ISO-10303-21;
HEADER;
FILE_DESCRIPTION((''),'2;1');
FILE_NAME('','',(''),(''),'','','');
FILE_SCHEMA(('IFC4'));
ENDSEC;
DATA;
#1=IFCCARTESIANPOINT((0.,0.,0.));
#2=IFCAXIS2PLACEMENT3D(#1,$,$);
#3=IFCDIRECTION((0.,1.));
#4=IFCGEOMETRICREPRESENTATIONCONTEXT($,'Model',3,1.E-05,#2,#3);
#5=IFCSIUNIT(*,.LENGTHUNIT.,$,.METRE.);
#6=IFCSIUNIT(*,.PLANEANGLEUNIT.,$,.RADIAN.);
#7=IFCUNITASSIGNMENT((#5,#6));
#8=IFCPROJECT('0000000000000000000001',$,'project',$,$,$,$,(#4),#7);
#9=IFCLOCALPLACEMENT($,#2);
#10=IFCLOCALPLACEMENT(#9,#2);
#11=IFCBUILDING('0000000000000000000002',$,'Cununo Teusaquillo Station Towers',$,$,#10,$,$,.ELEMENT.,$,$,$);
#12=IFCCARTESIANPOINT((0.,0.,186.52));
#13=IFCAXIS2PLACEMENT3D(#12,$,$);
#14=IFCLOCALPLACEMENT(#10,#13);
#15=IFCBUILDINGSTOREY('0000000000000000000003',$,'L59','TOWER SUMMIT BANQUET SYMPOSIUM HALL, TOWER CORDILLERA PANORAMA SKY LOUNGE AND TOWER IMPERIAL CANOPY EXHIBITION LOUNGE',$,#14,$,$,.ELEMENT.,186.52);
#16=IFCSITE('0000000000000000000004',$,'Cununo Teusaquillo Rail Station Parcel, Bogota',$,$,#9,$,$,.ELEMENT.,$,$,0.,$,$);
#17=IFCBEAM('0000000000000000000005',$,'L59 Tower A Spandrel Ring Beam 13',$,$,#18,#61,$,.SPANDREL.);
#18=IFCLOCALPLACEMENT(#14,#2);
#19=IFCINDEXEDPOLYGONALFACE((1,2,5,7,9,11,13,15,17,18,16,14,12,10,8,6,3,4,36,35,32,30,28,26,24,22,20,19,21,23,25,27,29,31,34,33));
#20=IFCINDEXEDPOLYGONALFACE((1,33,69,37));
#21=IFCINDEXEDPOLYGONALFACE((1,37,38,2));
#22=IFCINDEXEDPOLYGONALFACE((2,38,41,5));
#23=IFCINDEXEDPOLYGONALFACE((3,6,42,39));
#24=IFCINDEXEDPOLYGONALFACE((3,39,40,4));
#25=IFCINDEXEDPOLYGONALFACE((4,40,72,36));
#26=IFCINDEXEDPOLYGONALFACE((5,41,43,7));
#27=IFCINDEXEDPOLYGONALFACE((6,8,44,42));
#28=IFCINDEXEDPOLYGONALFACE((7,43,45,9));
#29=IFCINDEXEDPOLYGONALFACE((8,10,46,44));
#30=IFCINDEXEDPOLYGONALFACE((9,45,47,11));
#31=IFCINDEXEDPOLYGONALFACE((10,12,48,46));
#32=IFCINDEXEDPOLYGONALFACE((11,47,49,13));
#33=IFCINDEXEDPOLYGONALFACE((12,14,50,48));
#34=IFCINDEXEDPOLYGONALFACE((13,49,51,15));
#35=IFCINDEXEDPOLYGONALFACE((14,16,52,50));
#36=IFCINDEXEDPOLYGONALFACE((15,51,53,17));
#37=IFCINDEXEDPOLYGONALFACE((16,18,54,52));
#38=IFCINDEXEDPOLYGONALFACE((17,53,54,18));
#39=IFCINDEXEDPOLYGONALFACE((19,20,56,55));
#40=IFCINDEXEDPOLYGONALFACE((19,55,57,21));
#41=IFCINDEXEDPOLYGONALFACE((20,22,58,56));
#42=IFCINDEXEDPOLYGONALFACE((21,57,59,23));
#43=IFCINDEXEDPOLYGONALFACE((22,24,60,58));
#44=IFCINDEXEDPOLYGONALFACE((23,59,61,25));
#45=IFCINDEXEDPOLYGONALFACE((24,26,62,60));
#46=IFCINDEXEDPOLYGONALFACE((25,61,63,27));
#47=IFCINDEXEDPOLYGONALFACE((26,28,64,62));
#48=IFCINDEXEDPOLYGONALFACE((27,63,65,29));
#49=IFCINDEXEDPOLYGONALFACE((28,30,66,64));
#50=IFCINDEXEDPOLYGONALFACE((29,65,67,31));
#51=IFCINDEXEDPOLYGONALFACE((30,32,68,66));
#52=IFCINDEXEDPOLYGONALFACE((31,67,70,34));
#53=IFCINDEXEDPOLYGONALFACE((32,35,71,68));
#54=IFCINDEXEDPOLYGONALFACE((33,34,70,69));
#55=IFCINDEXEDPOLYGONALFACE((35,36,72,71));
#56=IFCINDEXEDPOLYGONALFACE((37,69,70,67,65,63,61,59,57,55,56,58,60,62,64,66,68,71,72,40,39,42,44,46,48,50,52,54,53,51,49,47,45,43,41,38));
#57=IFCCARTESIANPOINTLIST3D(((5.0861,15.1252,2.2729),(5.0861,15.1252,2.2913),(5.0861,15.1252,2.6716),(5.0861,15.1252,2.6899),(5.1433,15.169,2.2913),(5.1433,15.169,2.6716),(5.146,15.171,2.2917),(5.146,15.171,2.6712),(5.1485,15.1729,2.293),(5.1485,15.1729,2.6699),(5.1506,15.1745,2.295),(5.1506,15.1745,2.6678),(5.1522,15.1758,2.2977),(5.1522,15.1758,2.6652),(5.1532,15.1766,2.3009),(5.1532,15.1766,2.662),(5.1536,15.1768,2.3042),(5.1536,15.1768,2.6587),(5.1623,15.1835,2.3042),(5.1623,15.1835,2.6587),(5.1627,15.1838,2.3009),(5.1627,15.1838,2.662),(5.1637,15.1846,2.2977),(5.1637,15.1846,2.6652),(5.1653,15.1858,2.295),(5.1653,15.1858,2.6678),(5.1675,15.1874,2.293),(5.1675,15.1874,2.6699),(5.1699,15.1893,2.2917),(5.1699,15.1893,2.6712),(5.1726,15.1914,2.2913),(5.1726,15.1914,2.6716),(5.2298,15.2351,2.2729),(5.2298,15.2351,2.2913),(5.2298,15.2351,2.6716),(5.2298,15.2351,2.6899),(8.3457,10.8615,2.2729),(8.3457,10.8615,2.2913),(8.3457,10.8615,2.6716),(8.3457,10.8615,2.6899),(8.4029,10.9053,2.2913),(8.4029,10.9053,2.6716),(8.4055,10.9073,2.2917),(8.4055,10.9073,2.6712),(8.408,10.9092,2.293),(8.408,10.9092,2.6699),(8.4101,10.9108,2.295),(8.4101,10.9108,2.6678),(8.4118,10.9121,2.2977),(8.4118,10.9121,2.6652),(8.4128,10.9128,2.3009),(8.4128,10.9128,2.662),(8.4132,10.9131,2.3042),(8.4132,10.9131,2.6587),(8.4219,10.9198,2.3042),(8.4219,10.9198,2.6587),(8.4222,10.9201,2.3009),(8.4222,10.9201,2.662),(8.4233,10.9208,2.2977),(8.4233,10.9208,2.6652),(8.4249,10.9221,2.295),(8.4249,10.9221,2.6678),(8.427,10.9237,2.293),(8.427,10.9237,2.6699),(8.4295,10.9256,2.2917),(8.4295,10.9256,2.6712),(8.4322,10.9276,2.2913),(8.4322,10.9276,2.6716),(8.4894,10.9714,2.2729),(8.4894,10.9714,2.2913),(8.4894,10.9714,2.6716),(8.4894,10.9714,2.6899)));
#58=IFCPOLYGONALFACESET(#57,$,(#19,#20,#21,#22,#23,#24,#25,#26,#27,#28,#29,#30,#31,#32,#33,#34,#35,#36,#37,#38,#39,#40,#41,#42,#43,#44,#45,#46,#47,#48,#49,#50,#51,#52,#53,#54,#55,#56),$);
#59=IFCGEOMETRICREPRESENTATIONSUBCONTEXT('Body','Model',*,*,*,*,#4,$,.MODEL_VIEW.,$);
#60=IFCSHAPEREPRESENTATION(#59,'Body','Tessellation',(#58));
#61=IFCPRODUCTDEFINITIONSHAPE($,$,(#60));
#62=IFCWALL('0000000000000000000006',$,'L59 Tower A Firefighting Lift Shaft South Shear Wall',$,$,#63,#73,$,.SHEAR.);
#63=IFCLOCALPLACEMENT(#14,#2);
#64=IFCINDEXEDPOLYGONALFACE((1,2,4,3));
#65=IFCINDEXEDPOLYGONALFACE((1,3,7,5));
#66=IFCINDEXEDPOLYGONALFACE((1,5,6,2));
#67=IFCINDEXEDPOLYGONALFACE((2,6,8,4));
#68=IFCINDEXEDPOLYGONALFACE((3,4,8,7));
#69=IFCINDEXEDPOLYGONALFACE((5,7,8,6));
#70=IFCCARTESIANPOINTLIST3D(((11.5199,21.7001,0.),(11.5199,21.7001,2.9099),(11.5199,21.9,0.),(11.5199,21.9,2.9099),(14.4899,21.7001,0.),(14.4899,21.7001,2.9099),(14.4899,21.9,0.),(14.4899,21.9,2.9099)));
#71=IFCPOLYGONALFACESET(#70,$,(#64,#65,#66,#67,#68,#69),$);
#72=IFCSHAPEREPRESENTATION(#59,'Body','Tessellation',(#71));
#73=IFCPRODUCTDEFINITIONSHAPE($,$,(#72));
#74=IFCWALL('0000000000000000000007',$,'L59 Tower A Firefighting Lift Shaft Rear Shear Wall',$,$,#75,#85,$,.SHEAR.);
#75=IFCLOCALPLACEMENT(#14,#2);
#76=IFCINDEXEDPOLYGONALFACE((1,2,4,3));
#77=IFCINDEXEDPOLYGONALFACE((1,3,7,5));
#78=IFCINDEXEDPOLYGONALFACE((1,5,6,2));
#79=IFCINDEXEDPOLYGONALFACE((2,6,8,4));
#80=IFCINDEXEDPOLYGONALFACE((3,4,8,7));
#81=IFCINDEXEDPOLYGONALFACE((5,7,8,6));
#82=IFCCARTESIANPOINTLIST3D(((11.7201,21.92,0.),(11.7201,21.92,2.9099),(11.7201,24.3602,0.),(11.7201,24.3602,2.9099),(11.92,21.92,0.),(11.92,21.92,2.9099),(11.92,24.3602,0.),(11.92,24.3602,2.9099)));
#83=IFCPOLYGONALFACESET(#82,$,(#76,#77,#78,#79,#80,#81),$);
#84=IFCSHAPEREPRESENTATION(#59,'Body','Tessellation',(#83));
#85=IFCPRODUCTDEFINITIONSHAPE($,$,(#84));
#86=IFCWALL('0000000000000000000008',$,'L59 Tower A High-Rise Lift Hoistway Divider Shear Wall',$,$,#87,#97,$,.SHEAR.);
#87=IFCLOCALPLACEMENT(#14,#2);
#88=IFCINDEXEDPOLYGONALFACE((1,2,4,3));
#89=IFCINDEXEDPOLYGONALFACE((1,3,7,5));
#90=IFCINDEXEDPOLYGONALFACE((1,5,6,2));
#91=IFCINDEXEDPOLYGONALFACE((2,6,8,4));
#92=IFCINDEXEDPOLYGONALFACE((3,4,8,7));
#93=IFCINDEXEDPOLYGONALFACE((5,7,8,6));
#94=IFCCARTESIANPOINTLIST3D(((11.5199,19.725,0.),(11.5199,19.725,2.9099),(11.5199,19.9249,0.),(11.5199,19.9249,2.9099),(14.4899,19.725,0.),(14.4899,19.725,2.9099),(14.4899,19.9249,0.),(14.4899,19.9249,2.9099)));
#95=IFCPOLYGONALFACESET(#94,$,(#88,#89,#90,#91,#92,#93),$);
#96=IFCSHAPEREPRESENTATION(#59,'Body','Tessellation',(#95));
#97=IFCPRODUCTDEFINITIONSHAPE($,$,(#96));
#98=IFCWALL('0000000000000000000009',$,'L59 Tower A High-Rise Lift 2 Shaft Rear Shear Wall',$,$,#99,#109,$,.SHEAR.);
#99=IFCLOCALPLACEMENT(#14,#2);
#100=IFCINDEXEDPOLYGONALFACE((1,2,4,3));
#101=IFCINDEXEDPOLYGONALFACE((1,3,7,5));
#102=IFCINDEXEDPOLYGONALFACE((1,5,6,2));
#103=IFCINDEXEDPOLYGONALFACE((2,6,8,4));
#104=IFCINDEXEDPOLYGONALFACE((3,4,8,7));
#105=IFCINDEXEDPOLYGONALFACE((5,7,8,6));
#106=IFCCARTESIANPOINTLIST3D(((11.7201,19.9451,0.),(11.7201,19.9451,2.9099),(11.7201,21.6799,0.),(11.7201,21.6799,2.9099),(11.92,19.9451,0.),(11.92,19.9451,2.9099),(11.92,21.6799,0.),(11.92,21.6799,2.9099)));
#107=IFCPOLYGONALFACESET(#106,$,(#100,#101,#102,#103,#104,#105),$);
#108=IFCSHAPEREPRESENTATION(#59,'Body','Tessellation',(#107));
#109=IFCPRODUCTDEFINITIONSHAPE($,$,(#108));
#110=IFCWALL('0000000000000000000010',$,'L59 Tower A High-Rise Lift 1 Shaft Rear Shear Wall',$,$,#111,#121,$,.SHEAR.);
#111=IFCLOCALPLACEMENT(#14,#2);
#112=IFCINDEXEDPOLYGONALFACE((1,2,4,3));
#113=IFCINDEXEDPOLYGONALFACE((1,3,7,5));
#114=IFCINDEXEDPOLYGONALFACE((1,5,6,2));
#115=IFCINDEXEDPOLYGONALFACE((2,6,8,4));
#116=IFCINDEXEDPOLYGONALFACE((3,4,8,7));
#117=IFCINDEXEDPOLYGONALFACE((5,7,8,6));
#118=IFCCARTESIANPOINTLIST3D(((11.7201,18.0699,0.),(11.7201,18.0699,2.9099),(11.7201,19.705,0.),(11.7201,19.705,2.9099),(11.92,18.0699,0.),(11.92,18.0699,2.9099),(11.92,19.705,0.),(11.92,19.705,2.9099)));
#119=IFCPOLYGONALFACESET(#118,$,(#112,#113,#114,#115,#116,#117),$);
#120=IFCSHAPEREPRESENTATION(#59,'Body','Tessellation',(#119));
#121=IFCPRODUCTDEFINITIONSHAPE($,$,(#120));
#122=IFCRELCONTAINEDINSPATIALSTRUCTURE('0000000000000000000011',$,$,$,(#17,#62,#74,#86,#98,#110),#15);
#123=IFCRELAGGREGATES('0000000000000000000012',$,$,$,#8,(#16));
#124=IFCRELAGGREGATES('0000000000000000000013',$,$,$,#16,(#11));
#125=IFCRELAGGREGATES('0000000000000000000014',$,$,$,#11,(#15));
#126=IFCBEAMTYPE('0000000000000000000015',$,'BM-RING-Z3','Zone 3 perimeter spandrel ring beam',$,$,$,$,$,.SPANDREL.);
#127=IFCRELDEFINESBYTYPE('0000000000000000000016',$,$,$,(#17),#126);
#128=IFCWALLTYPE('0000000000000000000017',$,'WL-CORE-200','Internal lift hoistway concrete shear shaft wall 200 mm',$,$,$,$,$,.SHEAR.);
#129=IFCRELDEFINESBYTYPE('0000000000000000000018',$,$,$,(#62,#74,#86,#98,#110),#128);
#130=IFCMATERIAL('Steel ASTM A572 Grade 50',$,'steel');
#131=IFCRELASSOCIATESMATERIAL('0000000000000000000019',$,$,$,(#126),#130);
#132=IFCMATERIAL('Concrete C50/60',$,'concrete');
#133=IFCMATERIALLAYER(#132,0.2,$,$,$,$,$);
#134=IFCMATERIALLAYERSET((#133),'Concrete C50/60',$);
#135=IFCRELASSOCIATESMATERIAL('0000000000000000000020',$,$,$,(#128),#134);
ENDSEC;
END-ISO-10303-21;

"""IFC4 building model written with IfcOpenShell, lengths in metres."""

from ifc_helpers import new_model, si_unit, direction, frame, frame_2d, origin, origin_2d, place, context, subcontext, project, spatial, rectangle, i_section, extrude, material, layer, layer_set, material_profile, profile_set, type_object, element, save


model = new_model("IFC4")

# Units and contexts
model_context = context("Model", 3, precision=1e-05, world=origin(), true_north=direction((0.0, 1.0)))
body_context = subcontext(model_context, "Body", "Model", "MODEL_VIEW")
ifc_project = project(units=[si_unit("LENGTHUNIT", "METRE"), si_unit("PLANEANGLEUNIT", "RADIAN")], contexts=[model_context])

# Site, building, storey
site_placement = place(None, origin())
site = spatial("IfcSite", under=ifc_project, at=site_placement, Name="Cununo Teusaquillo Rail Station Parcel, Bogota", CompositionType="ELEMENT", RefElevation=0.0)
building_placement = place(site_placement, origin())
building = spatial("IfcBuilding", under=site, at=building_placement, Name="Cununo Teusaquillo Station Towers", CompositionType="ELEMENT")
storey_placement = place(building_placement, frame((0.0, 0.0, 186.52)))
storey = spatial("IfcBuildingStorey", under=building, at=storey_placement, Name="L59", Description="TOWER SUMMIT BANQUET SYMPOSIUM HALL, TOWER CORDILLERA PANORAMA SKY LOUNGE AND TOWER IMPERIAL CANOPY EXHIBITION LOUNGE", CompositionType="ELEMENT", Elevation=186.52)

# Beam
ifc_material_1 = material(Name="Steel ASTM A572 Grade 50", Category="steel")
ifc_material_profile_1 = material_profile(ifc_material_1, i_section(OverallWidth=0.1809, OverallDepth=0.417, WebThickness=0.011, FlangeThickness=0.0183, FilletRadius=0.0129, at=origin_2d()), Name="W16X57")
ifc_profile_set_1 = profile_set([ifc_material_profile_1], Name="Steel ASTM A572 Grade 50")
beam_type_1 = type_object("IfcBeamType", Name="BM-RING-Z3", Description="Zone 3 perimeter spandrel ring beam", PredefinedType="SPANDREL", material=ifc_profile_set_1)
beam_1_placement = place(storey_placement, frame((5.158, 15.1802, 2.4814), z_axis=(0.60734, -0.794442, 0.0), x_axis=(0.794442, 0.60734, 0.0)))
element("IfcBeam", 1, at=beam_1_placement, inside=storey, type_object=beam_type_1, Name="L59 Tower A Spandrel Ring Beam 13", PredefinedType="SPANDREL", context=body_context, shape_type="SweptSolid", body=[
    extrude(i_section(OverallWidth=0.1809, OverallDepth=0.417, WebThickness=0.011, FlangeThickness=0.0183, FilletRadius=0.0129, at=origin_2d()), origin(), (0.0, 0.0, 1.0), 5.3669),
])

# Walls
ifc_material_2 = material(Name="Concrete C50/60", Category="concrete")
ifc_layer_1 = layer(ifc_material_2, 0.2)
ifc_layer_set_1 = layer_set([ifc_layer_1], Name="Concrete C50/60")
wall_type_1 = type_object("IfcWallType", Name="WL-CORE-200", Description="Internal lift hoistway concrete shear shaft wall 200 mm", PredefinedType="SHEAR", material=ifc_layer_set_1)
wall_1_placement = place(storey_placement, frame((11.52, 21.8, 0.0), z_axis=(0.0, 0.0, 1.0), x_axis=(1.0, 0.0, 0.0)))
element("IfcWall", 2, at=wall_1_placement, inside=storey, type_object=wall_type_1, Name="L59 Tower A Firefighting Lift Shaft South Shear Wall", PredefinedType="SHEAR", context=body_context, shape_type="SweptSolid", body=[
    extrude(rectangle(XDim=2.97, YDim=0.2, at=frame_2d((1.4849, 0.0))), origin(), (0.0, 0.0, 1.0), 2.9099),
])
wall_2_placement = place(storey_placement, frame((11.8201, 21.9199, 0.0), z_axis=(0.0, 0.0, 1.0), x_axis=(0.0, 1.0, 0.0)))
element("IfcWall", 3, at=wall_2_placement, inside=storey, type_object=wall_type_1, Name="L59 Tower A Firefighting Lift Shaft Rear Shear Wall", PredefinedType="SHEAR", context=body_context, shape_type="SweptSolid", body=[
    extrude(rectangle(XDim=2.4402, YDim=0.2, at=frame_2d((1.2202, 0.0))), origin(), (0.0, 0.0, 1.0), 2.9099),
])
wall_3_placement = place(storey_placement, frame((11.52, 19.825, 0.0), z_axis=(0.0, 0.0, 1.0), x_axis=(1.0, 0.0, 0.0)))
element("IfcWall", 4, at=wall_3_placement, inside=storey, type_object=wall_type_1, Name="L59 Tower A High-Rise Lift Hoistway Divider Shear Wall", PredefinedType="SHEAR", context=body_context, shape_type="SweptSolid", body=[
    extrude(rectangle(XDim=2.97, YDim=0.2, at=frame_2d((1.4849, 0.0))), origin(), (0.0, 0.0, 1.0), 2.9099),
])
wall_4_placement = place(storey_placement, frame((11.8201, 19.9451, 0.0), z_axis=(0.0, 0.0, 1.0), x_axis=(0.0, 1.0, 0.0)))
element("IfcWall", 5, at=wall_4_placement, inside=storey, type_object=wall_type_1, Name="L59 Tower A High-Rise Lift 2 Shaft Rear Shear Wall", PredefinedType="SHEAR", context=body_context, shape_type="SweptSolid", body=[
    extrude(rectangle(XDim=1.7349, YDim=0.2, at=frame_2d((0.8674, 0.0))), origin(), (0.0, 0.0, 1.0), 2.9099),
])
wall_5_placement = place(storey_placement, frame((11.8201, 18.0701, 0.0), z_axis=(0.0, 0.0, 1.0), x_axis=(0.0, 1.0, 0.0)))
element("IfcWall", 6, at=wall_5_placement, inside=storey, type_object=wall_type_1, Name="L59 Tower A High-Rise Lift 1 Shaft Rear Shear Wall", PredefinedType="SHEAR", context=body_context, shape_type="SweptSolid", body=[
    extrude(rectangle(XDim=1.635, YDim=0.2, at=frame_2d((0.8174, 0.0))), origin(), (0.0, 0.0, 1.0), 2.9099),
])

save(model, "model.ifc")
